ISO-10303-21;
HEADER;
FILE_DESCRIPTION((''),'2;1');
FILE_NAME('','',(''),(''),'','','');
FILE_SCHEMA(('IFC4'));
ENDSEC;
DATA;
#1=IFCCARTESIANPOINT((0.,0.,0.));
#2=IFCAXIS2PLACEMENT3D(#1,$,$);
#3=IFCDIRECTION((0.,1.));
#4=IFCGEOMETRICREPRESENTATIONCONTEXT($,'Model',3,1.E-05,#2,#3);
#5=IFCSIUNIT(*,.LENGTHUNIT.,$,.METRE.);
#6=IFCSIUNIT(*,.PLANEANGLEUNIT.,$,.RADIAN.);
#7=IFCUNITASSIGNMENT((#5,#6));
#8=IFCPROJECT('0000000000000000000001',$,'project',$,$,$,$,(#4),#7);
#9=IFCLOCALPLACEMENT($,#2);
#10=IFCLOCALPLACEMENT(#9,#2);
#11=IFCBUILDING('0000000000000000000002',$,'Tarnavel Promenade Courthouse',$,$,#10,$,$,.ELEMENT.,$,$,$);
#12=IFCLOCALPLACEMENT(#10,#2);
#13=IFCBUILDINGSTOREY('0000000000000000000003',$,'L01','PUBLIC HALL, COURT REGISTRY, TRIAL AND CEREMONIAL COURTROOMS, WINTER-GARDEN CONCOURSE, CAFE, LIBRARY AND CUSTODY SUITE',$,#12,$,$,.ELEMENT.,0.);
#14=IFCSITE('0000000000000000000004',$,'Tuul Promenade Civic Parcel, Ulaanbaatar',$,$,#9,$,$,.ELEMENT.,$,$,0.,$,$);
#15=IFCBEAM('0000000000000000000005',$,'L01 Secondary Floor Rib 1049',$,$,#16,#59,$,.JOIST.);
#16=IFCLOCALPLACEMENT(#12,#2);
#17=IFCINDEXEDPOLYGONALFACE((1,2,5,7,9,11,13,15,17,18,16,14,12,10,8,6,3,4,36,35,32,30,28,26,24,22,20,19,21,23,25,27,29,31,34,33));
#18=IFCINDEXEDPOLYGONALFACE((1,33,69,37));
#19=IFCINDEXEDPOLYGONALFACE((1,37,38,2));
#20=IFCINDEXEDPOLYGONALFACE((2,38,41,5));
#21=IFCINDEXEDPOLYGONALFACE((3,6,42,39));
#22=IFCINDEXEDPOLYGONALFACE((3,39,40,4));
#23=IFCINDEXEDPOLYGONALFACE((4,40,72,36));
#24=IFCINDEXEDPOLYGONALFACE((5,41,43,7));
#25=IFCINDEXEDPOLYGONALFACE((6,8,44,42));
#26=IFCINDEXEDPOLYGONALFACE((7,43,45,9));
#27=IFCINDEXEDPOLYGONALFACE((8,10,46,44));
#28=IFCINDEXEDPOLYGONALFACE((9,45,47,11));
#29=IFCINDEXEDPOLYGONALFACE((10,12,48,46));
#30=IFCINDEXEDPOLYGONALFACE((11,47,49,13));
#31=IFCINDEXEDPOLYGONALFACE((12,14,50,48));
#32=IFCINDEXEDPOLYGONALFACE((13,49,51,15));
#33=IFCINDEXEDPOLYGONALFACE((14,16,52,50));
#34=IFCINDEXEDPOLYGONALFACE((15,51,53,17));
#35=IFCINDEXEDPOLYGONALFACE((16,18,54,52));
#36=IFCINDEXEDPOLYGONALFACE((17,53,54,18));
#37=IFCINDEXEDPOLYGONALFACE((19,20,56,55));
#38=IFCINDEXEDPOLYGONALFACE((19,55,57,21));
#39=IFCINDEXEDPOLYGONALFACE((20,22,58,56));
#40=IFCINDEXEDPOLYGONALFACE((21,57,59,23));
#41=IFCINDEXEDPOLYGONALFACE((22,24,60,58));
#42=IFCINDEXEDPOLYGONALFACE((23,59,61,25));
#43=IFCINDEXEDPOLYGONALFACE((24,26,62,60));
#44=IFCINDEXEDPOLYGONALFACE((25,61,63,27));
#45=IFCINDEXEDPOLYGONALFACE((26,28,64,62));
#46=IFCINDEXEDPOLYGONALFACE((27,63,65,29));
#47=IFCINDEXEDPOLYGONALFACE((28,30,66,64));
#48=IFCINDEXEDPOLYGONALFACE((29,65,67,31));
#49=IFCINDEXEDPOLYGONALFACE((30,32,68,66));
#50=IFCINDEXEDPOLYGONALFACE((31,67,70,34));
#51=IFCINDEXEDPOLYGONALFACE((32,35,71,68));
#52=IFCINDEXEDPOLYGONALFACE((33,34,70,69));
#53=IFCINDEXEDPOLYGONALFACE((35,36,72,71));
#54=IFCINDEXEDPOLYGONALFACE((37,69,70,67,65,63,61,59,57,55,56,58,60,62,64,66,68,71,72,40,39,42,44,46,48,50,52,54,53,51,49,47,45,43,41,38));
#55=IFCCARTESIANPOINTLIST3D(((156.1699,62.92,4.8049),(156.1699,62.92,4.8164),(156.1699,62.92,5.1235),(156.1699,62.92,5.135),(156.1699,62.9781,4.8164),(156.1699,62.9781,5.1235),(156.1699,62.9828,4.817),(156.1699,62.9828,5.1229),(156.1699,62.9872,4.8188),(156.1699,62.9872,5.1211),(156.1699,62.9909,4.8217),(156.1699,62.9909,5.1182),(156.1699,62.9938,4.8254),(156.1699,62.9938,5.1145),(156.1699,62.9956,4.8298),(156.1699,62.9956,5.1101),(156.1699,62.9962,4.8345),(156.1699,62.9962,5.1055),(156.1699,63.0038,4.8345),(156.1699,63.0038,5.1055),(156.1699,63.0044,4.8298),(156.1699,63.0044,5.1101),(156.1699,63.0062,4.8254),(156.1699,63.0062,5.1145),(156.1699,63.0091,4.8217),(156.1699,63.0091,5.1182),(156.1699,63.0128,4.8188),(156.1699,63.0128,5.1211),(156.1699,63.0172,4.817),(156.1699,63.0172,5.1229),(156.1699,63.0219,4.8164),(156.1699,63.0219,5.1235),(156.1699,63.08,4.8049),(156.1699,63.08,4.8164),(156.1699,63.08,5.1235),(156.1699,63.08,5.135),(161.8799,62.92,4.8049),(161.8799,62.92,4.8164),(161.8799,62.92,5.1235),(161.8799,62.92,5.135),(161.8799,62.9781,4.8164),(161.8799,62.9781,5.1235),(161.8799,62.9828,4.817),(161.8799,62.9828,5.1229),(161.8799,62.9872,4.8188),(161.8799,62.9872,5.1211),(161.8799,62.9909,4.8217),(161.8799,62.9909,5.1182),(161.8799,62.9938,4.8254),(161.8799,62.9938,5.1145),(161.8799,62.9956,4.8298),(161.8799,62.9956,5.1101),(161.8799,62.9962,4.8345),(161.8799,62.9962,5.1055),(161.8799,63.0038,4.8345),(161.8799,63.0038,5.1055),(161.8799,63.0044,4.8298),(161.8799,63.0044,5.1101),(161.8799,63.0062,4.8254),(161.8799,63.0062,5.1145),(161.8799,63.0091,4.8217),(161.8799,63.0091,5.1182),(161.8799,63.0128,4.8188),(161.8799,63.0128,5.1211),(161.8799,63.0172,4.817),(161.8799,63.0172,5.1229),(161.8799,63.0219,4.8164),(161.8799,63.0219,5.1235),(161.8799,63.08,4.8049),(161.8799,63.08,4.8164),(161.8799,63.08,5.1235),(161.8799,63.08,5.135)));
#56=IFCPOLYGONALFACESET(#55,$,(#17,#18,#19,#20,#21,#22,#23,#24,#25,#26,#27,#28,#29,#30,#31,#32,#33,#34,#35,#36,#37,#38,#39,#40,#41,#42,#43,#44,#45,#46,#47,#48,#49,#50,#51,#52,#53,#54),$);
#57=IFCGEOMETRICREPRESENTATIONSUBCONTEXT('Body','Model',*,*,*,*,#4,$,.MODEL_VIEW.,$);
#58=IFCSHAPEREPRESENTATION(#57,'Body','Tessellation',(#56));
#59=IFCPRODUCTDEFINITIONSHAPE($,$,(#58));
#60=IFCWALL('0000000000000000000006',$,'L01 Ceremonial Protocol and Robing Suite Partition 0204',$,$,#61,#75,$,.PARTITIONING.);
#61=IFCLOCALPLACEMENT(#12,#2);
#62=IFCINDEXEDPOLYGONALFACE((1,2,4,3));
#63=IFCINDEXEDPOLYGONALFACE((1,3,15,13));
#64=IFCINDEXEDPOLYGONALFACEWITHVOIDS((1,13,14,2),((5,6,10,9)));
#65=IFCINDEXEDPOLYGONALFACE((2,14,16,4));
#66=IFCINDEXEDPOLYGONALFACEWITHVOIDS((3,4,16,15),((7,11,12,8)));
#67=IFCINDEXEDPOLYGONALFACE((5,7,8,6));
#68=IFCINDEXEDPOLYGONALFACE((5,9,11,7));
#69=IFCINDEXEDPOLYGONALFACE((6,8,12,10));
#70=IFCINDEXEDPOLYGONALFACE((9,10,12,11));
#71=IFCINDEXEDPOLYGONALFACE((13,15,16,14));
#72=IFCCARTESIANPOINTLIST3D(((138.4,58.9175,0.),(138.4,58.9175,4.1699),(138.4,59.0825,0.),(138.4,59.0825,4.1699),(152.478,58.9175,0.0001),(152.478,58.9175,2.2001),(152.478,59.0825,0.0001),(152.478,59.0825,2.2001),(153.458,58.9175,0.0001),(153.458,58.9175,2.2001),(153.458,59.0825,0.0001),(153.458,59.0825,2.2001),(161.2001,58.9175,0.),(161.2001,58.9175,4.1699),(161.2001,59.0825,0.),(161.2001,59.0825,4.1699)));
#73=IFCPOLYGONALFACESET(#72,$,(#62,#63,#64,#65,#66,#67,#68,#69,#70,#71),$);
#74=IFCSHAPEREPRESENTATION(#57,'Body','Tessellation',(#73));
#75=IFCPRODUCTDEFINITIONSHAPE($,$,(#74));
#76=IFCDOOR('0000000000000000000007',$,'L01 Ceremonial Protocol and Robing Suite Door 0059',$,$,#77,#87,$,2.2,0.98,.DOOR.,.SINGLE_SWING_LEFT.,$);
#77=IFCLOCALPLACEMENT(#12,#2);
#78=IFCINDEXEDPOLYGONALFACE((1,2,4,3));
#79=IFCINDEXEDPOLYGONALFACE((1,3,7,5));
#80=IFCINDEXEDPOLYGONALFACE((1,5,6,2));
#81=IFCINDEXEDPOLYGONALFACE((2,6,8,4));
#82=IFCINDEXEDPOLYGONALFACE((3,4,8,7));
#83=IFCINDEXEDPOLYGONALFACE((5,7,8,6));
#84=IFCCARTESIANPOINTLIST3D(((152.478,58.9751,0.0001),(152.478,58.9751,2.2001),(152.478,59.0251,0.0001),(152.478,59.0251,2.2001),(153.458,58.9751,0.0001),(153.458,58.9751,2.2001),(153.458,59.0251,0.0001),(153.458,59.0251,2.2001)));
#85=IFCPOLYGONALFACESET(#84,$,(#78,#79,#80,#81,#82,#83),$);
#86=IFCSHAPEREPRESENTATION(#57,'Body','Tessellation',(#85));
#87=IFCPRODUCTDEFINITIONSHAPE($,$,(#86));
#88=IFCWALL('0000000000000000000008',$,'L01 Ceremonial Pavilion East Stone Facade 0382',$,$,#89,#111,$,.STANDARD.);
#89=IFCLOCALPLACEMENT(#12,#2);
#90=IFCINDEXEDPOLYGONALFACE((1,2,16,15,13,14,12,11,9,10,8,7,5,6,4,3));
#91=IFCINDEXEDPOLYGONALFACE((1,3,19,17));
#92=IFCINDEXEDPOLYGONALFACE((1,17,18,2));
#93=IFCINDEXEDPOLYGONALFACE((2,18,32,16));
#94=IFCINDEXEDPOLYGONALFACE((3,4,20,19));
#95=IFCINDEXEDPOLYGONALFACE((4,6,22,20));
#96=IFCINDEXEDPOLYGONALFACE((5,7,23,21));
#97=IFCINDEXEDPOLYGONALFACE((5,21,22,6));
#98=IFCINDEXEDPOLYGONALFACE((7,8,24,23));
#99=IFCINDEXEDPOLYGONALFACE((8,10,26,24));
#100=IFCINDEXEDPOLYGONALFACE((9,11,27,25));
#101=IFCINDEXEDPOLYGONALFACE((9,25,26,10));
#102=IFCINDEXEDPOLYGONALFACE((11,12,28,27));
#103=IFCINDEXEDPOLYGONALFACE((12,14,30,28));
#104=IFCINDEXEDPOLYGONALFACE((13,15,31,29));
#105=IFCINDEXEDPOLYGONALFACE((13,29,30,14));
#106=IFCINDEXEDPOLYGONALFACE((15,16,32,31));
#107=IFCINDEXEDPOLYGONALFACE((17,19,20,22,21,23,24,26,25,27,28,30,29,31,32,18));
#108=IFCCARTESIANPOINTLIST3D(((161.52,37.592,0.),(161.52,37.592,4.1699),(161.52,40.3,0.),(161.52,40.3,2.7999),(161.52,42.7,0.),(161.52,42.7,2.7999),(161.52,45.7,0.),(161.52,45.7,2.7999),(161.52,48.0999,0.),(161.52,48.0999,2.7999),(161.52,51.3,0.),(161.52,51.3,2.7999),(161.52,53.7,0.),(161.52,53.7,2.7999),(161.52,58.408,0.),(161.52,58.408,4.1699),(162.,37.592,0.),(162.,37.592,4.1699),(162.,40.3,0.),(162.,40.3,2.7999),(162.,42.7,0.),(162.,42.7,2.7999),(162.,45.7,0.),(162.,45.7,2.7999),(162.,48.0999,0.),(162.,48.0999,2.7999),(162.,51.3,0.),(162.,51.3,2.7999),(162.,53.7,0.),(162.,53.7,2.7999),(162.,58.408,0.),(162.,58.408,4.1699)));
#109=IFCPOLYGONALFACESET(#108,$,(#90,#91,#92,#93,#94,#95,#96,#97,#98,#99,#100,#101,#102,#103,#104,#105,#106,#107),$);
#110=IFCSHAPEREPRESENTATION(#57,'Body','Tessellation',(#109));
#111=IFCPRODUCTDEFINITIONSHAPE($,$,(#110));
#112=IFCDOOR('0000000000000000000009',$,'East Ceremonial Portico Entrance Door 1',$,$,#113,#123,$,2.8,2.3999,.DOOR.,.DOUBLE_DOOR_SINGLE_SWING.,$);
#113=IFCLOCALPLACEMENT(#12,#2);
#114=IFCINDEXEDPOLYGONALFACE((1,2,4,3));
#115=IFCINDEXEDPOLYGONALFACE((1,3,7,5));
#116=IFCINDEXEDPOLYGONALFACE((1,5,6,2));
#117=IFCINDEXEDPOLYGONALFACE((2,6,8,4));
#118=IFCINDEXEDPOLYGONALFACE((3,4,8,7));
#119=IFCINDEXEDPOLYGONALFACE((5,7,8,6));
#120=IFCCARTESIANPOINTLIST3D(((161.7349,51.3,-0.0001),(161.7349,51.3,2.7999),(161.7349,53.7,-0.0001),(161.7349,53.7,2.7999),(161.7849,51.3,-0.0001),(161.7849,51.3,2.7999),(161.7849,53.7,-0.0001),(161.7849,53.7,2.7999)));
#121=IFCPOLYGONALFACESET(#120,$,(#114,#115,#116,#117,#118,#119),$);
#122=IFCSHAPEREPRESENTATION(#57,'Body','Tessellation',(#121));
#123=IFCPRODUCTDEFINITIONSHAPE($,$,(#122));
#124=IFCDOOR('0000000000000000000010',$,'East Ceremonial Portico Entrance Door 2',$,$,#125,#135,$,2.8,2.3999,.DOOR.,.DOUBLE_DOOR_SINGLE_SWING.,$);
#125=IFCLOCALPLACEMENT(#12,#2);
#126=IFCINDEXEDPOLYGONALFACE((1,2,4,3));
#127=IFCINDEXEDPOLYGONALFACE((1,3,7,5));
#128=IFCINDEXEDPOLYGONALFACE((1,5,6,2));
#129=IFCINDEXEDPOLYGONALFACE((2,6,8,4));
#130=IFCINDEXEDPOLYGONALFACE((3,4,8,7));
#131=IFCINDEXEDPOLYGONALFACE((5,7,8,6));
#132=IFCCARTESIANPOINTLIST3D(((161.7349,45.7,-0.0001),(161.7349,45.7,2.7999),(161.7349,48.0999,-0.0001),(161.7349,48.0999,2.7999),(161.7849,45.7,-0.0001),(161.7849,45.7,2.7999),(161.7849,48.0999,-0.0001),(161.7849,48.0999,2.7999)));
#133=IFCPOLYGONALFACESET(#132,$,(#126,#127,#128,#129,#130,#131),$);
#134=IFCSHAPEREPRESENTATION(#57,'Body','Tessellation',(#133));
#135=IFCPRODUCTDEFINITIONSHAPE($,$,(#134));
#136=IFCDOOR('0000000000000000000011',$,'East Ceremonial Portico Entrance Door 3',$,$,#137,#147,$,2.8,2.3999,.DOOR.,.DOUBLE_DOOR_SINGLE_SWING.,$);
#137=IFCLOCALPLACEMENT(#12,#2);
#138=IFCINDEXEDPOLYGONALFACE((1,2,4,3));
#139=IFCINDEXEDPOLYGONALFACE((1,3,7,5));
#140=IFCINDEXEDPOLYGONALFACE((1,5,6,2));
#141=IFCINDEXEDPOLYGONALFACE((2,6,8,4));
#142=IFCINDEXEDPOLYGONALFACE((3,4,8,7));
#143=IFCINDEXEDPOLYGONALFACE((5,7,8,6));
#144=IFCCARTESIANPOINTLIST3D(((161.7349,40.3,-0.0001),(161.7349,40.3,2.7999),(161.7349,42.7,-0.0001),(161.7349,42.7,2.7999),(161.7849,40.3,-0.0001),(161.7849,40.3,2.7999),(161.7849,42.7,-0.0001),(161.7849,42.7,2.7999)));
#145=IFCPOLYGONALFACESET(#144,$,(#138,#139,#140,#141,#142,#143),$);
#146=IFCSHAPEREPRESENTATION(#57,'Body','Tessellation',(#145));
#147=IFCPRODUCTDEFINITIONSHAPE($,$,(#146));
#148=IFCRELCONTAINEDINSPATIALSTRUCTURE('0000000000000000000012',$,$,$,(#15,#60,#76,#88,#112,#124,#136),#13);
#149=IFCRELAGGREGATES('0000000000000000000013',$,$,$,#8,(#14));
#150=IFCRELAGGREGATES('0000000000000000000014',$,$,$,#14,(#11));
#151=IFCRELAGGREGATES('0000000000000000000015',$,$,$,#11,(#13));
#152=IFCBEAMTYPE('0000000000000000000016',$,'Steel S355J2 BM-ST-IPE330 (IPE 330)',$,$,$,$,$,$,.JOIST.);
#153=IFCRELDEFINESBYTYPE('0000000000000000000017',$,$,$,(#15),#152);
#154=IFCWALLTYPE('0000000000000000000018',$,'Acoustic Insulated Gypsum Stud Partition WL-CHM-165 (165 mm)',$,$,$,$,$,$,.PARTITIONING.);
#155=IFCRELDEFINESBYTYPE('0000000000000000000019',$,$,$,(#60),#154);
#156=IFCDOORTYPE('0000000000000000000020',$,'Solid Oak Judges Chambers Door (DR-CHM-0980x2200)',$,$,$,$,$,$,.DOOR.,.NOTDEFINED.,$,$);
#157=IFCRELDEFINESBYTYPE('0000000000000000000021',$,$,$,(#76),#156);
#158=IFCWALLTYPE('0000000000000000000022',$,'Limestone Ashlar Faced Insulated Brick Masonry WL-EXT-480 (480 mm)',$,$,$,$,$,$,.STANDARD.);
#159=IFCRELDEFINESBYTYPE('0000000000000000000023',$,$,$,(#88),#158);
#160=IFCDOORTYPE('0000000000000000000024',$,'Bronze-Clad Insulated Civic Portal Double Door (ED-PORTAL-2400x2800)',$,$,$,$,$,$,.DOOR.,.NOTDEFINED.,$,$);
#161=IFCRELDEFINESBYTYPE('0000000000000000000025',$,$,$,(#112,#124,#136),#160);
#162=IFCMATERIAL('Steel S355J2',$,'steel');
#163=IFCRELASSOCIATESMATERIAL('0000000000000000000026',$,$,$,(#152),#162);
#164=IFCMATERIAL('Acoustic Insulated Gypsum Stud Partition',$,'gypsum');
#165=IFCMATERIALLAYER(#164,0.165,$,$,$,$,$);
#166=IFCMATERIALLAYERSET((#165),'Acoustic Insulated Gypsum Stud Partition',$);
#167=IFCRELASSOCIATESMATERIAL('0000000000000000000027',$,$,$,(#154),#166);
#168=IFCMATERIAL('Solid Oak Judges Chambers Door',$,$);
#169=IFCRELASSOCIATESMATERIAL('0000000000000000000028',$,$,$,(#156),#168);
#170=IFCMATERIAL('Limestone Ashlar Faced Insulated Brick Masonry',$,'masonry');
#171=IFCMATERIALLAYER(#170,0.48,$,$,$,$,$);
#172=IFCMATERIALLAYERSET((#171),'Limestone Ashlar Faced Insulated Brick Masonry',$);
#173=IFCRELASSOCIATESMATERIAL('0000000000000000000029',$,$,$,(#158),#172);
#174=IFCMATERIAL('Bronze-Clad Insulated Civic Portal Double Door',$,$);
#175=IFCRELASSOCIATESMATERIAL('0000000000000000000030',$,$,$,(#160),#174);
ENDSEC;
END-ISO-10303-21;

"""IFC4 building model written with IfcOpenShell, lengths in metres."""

from ifc_helpers import new_model, si_unit, direction, frame, frame_2d, origin, origin_2d, place, context, subcontext, project, spatial, rectangle, i_section, extrude, material, layer, layer_set, material_profile, profile_set, type_object, element, fill, save


model = new_model("IFC4")

# Units and contexts
model_context = context("Model", 3, precision=1e-05, world=origin(), true_north=direction((0.0, 1.0)))
body_context = subcontext(model_context, "Body", "Model", "MODEL_VIEW")
ifc_project = project(units=[si_unit("LENGTHUNIT", "METRE"), si_unit("PLANEANGLEUNIT", "RADIAN")], contexts=[model_context])

# Site, building, storey
site_placement = place(None, origin())
site = spatial("IfcSite", under=ifc_project, at=site_placement, Name="Tuul Promenade Civic Parcel, Ulaanbaatar", CompositionType="ELEMENT", RefElevation=0.0)
building_placement = place(site_placement, origin())
building = spatial("IfcBuilding", under=site, at=building_placement, Name="Tarnavel Promenade Courthouse", CompositionType="ELEMENT")
storey_placement = place(building_placement, origin())
storey = spatial("IfcBuildingStorey", under=building, at=storey_placement, Name="L01", Description="PUBLIC HALL, COURT REGISTRY, TRIAL AND CEREMONIAL COURTROOMS, WINTER-GARDEN CONCOURSE, CAFE, LIBRARY AND CUSTODY SUITE", CompositionType="ELEMENT", Elevation=0.0)

# Beam
ifc_material_1 = material(Name="Steel S355J2", Category="steel")
ifc_material_profile_1 = material_profile(ifc_material_1, i_section(OverallWidth=0.1599, OverallDepth=0.3301, WebThickness=0.0076, FlangeThickness=0.0115, FilletRadius=0.0181, at=origin_2d()), Name="IPE 330")
ifc_profile_set_1 = profile_set([ifc_material_profile_1], Name="Steel S355J2")
beam_type_1 = type_object("IfcBeamType", Name="Steel S355J2 BM-ST-IPE330 (IPE 330)", PredefinedType="JOIST", material=ifc_profile_set_1)
beam_1_placement = place(storey_placement, frame((156.1699, 63.0, 4.97), z_axis=(1.0, 0.0, 0.0), x_axis=(0.0, 1.0, 0.0)))
element("IfcBeam", 1, at=beam_1_placement, inside=storey, type_object=beam_type_1, Name="L01 Secondary Floor Rib 1049", PredefinedType="JOIST", context=body_context, shape_type="SweptSolid", body=[
    extrude(i_section(OverallWidth=0.1599, OverallDepth=0.3301, WebThickness=0.0076, FlangeThickness=0.0115, FilletRadius=0.0181, at=origin_2d()), origin(), (0.0, 0.0, 1.0), 5.71),
])

# Wall, opening, door
ifc_material_2 = material(Name="Acoustic Insulated Gypsum Stud Partition", Category="gypsum")
ifc_layer_1 = layer(ifc_material_2, 0.165)
ifc_layer_set_1 = layer_set([ifc_layer_1], Name="Acoustic Insulated Gypsum Stud Partition")
wall_type_1 = type_object("IfcWallType", Name="Acoustic Insulated Gypsum Stud Partition WL-CHM-165 (165 mm)", PredefinedType="PARTITIONING", material=ifc_layer_set_1)
wall_1_placement = place(storey_placement, frame((161.2, 59.0, 0.0), z_axis=(0.0, 0.0, 1.0), x_axis=(-1.0, 0.0, 0.0)))
wall_1 = element("IfcWall", 2, at=wall_1_placement, inside=storey, type_object=wall_type_1, Name="L01 Ceremonial Protocol and Robing Suite Partition 0204", PredefinedType="PARTITIONING", context=body_context, shape_type="SweptSolid", body=[
    extrude(rectangle(XDim=22.8, YDim=0.165, at=frame_2d((11.3999, 0.0))), origin(), (0.0, 0.0, 1.0), 4.1699),
])
opening_1_placement = place(wall_1_placement, frame((7.7419, 0.0, 0.0)))
opening_1 = element("IfcOpeningElement", 3, at=opening_1_placement, cuts=wall_1, PredefinedType="OPENING", context=body_context, shape_type="SweptSolid", body=[
    extrude(rectangle(XDim=0.98, YDim=2.2, at=frame_2d((0.49, 1.1001))), frame((0.0, 0.0925, 0.0), z_axis=(0.0, -1.0, 0.0), x_axis=(1.0, 0.0, 0.0)), (0.0, 0.0, 1.0), 0.1851),
])
ifc_material_3 = material(Name="Solid Oak Judges Chambers Door")
door_type_1 = type_object("IfcDoorType", Name="Solid Oak Judges Chambers Door (DR-CHM-0980x2200)", OperationType="NOTDEFINED", PredefinedType="DOOR", material=ifc_material_3)
door_1_placement = place(opening_1_placement, origin())
door_1 = element("IfcDoor", 4, at=door_1_placement, inside=storey, type_object=door_type_1, Name="L01 Ceremonial Protocol and Robing Suite Door 0059", OperationType="SINGLE_SWING_LEFT", OverallHeight=2.2, OverallWidth=0.98, PredefinedType="DOOR", context=body_context, shape_type="SweptSolid", body=[
    extrude(rectangle(XDim=0.98, YDim=2.2, at=frame_2d((0.49, 1.1001))), frame((0.0, 0.0249, 0.0), z_axis=(0.0, -1.0, 0.0), x_axis=(1.0, 0.0, 0.0)), (0.0, 0.0, 1.0), 0.05),
])
fill(opening_1, door_1)

# Wall, openings, doors
ifc_material_4 = material(Name="Limestone Ashlar Faced Insulated Brick Masonry", Category="masonry")
ifc_layer_2 = layer(ifc_material_4, 0.48)
ifc_layer_set_2 = layer_set([ifc_layer_2], Name="Limestone Ashlar Faced Insulated Brick Masonry")
wall_type_2 = type_object("IfcWallType", Name="Limestone Ashlar Faced Insulated Brick Masonry WL-EXT-480 (480 mm)", PredefinedType="STANDARD", material=ifc_layer_set_2)
wall_2_placement = place(storey_placement, frame((161.76, 58.408, 0.0), z_axis=(0.0, 0.0, 1.0), x_axis=(0.0, -1.0, 0.0)))
wall_2 = element("IfcWall", 5, at=wall_2_placement, inside=storey, type_object=wall_type_2, Name="L01 Ceremonial Pavilion East Stone Facade 0382", PredefinedType="STANDARD", context=body_context, shape_type="SweptSolid", body=[
    extrude(rectangle(XDim=20.8159, YDim=0.48, at=frame_2d((10.408, 0.0))), origin(), (0.0, 0.0, 1.0), 4.1699),
])
opening_2_placement = place(wall_2_placement, frame((4.708, 0.0, 0.0)))
opening_2 = element("IfcOpeningElement", 6, at=opening_2_placement, cuts=wall_2, PredefinedType="OPENING", context=body_context, shape_type="SweptSolid", body=[
    extrude(rectangle(XDim=2.3999, YDim=2.8, at=frame_2d((1.2, 1.3999))), frame((0.0, 0.25, 0.0), z_axis=(0.0, -1.0, 0.0), x_axis=(1.0, 0.0, 0.0)), (0.0, 0.0, 1.0), 0.5),
])
opening_3_placement = place(wall_2_placement, frame((10.3081, 0.0, 0.0)))
opening_3 = element("IfcOpeningElement", 7, at=opening_3_placement, cuts=wall_2, PredefinedType="OPENING", context=body_context, shape_type="SweptSolid", body=[
    extrude(rectangle(XDim=2.3999, YDim=2.8, at=frame_2d((1.2, 1.3999))), frame((0.0, 0.25, 0.0), z_axis=(0.0, -1.0, 0.0), x_axis=(1.0, 0.0, 0.0)), (0.0, 0.0, 1.0), 0.5),
])
opening_4_placement = place(wall_2_placement, frame((15.708, 0.0, 0.0)))
opening_4 = element("IfcOpeningElement", 8, at=opening_4_placement, cuts=wall_2, PredefinedType="OPENING", context=body_context, shape_type="SweptSolid", body=[
    extrude(rectangle(XDim=2.3999, YDim=2.8, at=frame_2d((1.2, 1.3999))), frame((0.0, 0.25, 0.0), z_axis=(0.0, -1.0, 0.0), x_axis=(1.0, 0.0, 0.0)), (0.0, 0.0, 1.0), 0.5),
])
ifc_material_5 = material(Name="Bronze-Clad Insulated Civic Portal Double Door")
door_type_2 = type_object("IfcDoorType", Name="Bronze-Clad Insulated Civic Portal Double Door (ED-PORTAL-2400x2800)", OperationType="NOTDEFINED", PredefinedType="DOOR", material=ifc_material_5)
door_2_placement = place(opening_2_placement, origin())
door_2 = element("IfcDoor", 9, at=door_2_placement, inside=storey, type_object=door_type_2, Name="East Ceremonial Portico Entrance Door 1", OperationType="DOUBLE_DOOR_SINGLE_SWING", OverallHeight=2.8, OverallWidth=2.3999, PredefinedType="DOOR", context=body_context, shape_type="SweptSolid", body=[
    extrude(rectangle(XDim=2.3999, YDim=2.8, at=frame_2d((1.2, 1.3999))), frame((0.0, 0.0249, 0.0), z_axis=(0.0, -1.0, 0.0), x_axis=(1.0, 0.0, 0.0)), (0.0, 0.0, 1.0), 0.05),
])
fill(opening_2, door_2)
door_3_placement = place(opening_3_placement, origin())
door_3 = element("IfcDoor", 10, at=door_3_placement, inside=storey, type_object=door_type_2, Name="East Ceremonial Portico Entrance Door 2", OperationType="DOUBLE_DOOR_SINGLE_SWING", OverallHeight=2.8, OverallWidth=2.3999, PredefinedType="DOOR", context=body_context, shape_type="SweptSolid", body=[
    extrude(rectangle(XDim=2.3999, YDim=2.8, at=frame_2d((1.2, 1.3999))), frame((0.0, 0.0249, 0.0), z_axis=(0.0, -1.0, 0.0), x_axis=(1.0, 0.0, 0.0)), (0.0, 0.0, 1.0), 0.05),
])
fill(opening_3, door_3)
door_4_placement = place(opening_4_placement, origin())
door_4 = element("IfcDoor", 11, at=door_4_placement, inside=storey, type_object=door_type_2, Name="East Ceremonial Portico Entrance Door 3", OperationType="DOUBLE_DOOR_SINGLE_SWING", OverallHeight=2.8, OverallWidth=2.3999, PredefinedType="DOOR", context=body_context, shape_type="SweptSolid", body=[
    extrude(rectangle(XDim=2.3999, YDim=2.8, at=frame_2d((1.2, 1.3999))), frame((0.0, 0.0249, 0.0), z_axis=(0.0, -1.0, 0.0), x_axis=(1.0, 0.0, 0.0)), (0.0, 0.0, 1.0), 0.05),
])
fill(opening_4, door_4)

save(model, "model.ifc")
